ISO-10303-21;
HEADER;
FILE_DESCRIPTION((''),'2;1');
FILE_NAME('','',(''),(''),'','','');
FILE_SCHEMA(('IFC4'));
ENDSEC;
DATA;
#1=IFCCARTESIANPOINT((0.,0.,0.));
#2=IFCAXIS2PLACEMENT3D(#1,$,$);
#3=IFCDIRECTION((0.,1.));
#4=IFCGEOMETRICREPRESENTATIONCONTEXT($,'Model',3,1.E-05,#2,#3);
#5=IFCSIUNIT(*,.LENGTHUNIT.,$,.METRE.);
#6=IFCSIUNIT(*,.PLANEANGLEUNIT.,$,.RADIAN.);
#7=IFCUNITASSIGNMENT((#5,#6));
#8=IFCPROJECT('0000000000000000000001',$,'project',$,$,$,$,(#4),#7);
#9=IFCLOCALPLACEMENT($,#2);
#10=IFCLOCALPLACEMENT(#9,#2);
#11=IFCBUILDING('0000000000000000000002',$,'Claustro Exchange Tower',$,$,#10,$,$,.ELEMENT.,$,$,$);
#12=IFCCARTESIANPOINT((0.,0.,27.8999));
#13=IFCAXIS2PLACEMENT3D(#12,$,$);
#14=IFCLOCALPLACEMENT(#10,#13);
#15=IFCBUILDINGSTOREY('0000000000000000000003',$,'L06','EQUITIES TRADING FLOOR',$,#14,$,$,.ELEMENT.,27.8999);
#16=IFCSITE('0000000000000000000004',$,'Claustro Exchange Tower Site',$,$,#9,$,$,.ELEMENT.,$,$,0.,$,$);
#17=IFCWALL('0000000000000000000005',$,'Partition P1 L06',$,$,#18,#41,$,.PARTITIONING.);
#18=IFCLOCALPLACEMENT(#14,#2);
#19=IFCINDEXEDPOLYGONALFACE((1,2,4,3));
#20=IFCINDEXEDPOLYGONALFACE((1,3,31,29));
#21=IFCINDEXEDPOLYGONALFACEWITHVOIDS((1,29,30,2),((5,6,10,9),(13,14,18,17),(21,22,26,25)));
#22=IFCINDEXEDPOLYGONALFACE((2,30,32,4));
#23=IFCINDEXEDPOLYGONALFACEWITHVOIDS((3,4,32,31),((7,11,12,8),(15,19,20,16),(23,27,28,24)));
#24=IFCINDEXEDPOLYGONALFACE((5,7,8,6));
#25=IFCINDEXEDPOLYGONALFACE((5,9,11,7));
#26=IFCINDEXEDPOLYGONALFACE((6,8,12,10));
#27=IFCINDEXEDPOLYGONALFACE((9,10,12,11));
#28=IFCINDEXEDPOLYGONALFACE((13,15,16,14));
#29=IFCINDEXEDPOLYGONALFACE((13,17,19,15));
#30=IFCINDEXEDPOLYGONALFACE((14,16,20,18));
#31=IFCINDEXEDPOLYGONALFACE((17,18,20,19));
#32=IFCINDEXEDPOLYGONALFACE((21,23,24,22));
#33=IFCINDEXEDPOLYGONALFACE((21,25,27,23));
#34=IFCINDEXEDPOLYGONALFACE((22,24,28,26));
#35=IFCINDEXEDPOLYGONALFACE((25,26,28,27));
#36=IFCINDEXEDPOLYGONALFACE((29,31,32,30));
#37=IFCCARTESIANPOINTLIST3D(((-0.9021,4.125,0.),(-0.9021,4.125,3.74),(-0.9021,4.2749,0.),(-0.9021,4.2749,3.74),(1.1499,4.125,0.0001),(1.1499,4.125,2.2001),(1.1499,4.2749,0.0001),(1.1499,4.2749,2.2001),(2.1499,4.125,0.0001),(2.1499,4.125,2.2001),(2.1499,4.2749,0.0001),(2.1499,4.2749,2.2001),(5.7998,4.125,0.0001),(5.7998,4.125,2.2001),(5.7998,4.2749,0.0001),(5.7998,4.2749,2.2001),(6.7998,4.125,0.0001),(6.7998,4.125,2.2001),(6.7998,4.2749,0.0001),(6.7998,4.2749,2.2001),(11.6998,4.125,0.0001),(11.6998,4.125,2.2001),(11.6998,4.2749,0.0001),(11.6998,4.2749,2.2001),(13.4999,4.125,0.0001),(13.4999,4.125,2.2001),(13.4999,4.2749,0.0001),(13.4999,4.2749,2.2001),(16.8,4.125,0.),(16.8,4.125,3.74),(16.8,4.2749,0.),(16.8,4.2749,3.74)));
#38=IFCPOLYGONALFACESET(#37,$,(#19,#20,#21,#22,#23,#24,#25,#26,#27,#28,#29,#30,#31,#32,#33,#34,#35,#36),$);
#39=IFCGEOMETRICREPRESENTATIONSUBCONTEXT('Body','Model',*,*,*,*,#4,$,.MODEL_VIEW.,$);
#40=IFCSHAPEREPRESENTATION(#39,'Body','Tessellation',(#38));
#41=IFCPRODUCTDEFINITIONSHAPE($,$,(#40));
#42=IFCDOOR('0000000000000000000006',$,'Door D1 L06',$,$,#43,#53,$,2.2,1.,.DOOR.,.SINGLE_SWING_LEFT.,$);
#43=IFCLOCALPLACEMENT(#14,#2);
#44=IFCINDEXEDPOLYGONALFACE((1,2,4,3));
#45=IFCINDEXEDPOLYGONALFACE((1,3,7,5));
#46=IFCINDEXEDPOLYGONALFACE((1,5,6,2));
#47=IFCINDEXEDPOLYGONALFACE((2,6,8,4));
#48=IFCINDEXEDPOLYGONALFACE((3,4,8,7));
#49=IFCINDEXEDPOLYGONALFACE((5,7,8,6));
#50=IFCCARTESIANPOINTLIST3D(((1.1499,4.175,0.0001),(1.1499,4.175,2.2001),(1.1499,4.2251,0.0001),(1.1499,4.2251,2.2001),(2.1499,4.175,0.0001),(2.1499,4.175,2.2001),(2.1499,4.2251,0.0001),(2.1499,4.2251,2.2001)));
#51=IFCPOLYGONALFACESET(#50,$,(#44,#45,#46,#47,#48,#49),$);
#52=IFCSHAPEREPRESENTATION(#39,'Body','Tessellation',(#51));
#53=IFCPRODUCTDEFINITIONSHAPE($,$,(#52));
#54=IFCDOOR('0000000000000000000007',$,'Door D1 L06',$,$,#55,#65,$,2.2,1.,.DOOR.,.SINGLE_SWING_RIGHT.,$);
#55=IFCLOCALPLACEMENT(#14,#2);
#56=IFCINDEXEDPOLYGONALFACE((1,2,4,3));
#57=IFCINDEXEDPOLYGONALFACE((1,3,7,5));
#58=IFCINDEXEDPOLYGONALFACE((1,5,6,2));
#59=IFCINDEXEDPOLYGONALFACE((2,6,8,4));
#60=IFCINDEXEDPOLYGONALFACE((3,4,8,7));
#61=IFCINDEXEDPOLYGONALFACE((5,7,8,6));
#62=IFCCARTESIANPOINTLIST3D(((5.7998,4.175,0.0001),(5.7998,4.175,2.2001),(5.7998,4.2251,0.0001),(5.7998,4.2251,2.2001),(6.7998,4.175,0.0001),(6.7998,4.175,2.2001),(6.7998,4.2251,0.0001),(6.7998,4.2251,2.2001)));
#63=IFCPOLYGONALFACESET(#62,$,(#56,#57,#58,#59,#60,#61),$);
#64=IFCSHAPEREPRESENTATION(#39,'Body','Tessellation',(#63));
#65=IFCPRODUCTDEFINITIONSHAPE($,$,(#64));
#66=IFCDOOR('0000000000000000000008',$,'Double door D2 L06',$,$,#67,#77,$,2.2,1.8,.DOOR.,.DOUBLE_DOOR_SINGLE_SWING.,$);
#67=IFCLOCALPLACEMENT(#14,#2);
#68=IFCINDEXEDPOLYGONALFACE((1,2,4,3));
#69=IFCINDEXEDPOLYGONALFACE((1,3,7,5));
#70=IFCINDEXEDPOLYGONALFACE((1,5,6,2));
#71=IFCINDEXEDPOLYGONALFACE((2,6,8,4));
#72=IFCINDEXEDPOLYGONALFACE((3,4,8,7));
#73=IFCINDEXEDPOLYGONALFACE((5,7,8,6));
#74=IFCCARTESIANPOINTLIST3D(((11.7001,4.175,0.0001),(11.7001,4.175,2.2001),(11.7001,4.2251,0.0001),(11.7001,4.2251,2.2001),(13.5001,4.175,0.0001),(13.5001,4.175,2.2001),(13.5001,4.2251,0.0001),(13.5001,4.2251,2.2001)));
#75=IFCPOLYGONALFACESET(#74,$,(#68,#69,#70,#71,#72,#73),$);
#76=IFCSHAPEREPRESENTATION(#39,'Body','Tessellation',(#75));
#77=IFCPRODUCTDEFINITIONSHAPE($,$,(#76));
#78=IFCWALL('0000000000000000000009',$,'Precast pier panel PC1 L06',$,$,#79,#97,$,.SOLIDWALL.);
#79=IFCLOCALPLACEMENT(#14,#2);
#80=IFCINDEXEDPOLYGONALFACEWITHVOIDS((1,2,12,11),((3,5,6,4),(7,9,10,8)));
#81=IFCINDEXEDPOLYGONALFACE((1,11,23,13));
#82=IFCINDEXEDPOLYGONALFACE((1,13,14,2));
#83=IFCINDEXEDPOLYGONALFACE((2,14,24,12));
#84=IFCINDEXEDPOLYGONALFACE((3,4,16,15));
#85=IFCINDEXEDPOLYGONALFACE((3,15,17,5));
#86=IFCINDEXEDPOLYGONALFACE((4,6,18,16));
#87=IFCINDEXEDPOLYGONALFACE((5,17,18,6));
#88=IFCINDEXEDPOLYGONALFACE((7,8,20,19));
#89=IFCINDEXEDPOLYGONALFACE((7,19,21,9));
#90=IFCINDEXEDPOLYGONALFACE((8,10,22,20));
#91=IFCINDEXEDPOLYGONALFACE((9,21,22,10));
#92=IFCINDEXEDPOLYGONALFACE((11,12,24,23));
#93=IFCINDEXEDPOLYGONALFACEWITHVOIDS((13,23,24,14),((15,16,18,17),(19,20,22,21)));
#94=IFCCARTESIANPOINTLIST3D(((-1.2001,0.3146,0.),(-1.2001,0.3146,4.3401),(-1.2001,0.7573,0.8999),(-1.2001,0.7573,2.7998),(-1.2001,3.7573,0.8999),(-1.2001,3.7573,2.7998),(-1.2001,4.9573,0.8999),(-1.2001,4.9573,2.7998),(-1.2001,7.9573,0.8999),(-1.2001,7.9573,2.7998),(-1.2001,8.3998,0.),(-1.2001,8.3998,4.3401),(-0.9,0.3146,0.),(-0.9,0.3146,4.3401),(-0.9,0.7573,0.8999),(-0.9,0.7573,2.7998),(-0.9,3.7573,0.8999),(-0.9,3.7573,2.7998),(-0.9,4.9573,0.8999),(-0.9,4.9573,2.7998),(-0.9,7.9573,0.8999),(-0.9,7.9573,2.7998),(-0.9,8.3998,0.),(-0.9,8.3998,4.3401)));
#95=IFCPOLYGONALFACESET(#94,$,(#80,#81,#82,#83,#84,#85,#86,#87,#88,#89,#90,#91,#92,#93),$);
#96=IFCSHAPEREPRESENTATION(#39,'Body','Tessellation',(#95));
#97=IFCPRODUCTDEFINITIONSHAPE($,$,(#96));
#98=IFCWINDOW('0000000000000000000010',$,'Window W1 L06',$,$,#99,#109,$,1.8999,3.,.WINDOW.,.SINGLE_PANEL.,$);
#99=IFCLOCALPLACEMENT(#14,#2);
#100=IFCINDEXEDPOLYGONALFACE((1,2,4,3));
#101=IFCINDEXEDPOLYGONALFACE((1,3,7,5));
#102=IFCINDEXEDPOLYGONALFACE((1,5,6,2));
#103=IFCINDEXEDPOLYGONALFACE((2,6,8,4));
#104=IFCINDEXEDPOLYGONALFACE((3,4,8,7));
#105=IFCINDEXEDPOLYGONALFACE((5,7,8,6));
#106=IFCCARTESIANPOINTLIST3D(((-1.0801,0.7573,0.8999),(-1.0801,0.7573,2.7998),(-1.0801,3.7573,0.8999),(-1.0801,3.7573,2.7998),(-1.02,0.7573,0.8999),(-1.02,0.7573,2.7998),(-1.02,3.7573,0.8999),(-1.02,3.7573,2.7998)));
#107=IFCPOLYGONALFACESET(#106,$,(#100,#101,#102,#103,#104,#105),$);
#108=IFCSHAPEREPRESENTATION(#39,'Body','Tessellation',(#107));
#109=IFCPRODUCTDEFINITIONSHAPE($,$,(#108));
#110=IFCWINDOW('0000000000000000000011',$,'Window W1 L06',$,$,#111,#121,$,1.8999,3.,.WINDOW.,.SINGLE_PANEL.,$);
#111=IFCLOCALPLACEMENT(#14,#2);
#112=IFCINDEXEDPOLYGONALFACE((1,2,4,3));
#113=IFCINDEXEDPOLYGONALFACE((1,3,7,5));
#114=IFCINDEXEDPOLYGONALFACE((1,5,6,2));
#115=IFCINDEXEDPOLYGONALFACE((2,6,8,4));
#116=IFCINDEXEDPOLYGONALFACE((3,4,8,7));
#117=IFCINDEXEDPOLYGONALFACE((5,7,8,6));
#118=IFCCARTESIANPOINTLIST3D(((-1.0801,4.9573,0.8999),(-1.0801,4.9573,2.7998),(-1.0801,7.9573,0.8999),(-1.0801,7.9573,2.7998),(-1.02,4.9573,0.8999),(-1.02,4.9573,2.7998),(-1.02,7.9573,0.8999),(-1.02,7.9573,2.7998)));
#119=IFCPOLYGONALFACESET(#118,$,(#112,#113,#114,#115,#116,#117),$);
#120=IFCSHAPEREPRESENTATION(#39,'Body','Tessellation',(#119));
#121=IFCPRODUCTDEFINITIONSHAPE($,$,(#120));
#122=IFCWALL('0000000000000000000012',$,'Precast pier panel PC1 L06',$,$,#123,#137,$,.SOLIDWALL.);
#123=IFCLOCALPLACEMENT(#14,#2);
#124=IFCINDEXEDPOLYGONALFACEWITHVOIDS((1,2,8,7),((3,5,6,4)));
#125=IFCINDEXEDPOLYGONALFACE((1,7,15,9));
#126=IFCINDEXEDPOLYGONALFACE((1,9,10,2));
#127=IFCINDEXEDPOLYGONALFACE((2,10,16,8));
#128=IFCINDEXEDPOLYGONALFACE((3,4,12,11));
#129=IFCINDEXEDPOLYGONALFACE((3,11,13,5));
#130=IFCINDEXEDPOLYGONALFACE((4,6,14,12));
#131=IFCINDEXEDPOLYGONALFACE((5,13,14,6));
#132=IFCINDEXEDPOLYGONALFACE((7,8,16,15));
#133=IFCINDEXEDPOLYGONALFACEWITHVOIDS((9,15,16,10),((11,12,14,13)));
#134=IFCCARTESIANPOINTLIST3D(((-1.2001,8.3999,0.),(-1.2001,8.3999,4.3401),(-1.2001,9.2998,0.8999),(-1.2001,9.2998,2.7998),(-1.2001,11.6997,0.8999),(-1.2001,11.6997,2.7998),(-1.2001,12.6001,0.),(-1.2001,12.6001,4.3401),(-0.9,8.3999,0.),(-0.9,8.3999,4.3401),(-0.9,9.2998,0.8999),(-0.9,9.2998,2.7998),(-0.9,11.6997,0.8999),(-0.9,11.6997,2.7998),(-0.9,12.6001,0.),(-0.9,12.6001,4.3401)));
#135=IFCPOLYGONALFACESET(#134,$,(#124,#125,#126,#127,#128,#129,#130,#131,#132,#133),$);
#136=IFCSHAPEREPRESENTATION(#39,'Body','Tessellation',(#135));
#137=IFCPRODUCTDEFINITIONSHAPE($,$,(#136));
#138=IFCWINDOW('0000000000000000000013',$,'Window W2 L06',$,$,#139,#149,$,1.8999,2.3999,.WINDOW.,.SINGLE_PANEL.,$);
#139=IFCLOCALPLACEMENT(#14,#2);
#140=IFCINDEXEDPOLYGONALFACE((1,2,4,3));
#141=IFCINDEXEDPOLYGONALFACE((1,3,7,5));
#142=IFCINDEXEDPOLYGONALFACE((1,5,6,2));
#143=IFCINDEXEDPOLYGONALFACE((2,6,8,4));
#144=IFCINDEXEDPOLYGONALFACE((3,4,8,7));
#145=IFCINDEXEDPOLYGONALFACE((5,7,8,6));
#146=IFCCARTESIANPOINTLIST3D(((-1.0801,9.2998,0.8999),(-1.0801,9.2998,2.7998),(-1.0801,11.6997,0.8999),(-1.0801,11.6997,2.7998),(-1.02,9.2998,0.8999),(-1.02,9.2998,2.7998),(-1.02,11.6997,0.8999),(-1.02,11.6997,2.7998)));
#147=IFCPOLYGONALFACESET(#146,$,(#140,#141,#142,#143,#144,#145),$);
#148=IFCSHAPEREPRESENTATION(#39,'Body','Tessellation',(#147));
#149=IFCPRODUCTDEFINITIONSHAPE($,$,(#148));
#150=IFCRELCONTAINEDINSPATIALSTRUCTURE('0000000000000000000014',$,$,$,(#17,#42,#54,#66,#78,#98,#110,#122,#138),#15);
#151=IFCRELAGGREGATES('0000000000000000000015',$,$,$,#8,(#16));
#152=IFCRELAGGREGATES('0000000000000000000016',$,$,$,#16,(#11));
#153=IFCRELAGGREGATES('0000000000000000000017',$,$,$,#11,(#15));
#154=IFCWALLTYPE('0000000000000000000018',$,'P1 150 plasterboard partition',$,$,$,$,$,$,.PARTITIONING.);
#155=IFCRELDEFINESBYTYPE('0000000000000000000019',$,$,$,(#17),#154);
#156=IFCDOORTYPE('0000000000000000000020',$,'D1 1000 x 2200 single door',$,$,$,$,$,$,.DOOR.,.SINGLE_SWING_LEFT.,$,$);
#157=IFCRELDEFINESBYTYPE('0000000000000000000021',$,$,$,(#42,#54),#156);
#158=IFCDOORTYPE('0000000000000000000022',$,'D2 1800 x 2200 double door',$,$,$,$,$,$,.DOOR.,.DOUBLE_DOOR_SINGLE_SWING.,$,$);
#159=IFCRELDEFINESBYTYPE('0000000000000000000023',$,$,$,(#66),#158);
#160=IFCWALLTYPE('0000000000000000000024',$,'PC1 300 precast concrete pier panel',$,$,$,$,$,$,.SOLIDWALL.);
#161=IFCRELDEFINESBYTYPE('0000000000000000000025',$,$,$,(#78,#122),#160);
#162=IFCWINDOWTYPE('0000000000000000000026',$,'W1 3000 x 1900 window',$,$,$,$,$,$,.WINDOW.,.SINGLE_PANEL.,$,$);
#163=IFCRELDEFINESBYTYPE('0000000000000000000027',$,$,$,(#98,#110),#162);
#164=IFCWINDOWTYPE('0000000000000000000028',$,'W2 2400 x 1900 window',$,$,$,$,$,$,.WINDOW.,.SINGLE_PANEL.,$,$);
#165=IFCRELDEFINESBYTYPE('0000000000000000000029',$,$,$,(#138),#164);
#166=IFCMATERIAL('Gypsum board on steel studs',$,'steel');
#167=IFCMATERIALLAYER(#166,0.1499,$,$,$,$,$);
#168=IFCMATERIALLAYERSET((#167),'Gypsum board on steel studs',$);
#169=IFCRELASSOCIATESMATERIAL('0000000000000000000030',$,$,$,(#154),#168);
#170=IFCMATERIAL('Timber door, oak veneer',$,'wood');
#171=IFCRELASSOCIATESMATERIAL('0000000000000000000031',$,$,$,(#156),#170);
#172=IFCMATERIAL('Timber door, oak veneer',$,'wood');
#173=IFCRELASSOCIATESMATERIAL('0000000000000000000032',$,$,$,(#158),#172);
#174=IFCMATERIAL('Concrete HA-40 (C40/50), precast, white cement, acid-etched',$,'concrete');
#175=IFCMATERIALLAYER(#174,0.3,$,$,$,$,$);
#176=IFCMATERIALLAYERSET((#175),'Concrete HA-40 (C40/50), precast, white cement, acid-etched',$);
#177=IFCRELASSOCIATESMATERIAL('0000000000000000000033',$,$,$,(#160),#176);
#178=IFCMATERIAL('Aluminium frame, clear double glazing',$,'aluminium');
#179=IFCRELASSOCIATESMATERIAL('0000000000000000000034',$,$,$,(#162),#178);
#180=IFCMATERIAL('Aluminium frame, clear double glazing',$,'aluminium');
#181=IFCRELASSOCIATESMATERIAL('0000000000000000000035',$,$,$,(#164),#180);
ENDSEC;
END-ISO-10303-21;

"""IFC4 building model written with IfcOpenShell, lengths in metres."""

from ifc_helpers import new_model, si_unit, direction, frame, frame_2d, origin, place, context, subcontext, project, spatial, rectangle, extrude, material, layer, layer_set, type_object, element, fill, save


model = new_model("IFC4")

# Units and contexts
model_context = context("Model", 3, precision=1e-05, world=origin(), true_north=direction((0.0, 1.0)))
body_context = subcontext(model_context, "Body", "Model", "MODEL_VIEW")
ifc_project = project(units=[si_unit("LENGTHUNIT", "METRE"), si_unit("PLANEANGLEUNIT", "RADIAN")], contexts=[model_context])

# Site, building, storey
site_placement = place(None, origin())
site = spatial("IfcSite", under=ifc_project, at=site_placement, Name="Claustro Exchange Tower Site", CompositionType="ELEMENT", RefElevation=0.0)
building_placement = place(site_placement, origin())
building = spatial("IfcBuilding", under=site, at=building_placement, Name="Claustro Exchange Tower", CompositionType="ELEMENT")
storey_placement = place(building_placement, frame((0.0, 0.0, 27.8999)))
storey = spatial("IfcBuildingStorey", under=building, at=storey_placement, Name="L06", Description="EQUITIES TRADING FLOOR", CompositionType="ELEMENT", Elevation=27.8999)

# Wall, openings, doors
ifc_material_1 = material(Name="Gypsum board on steel studs", Category="steel")
ifc_layer_1 = layer(ifc_material_1, 0.1499)
ifc_layer_set_1 = layer_set([ifc_layer_1], Name="Gypsum board on steel studs")
wall_type_1 = type_object("IfcWallType", Name="P1 150 plasterboard partition", PredefinedType="PARTITIONING", material=ifc_layer_set_1)
wall_1_placement = place(storey_placement, frame((-0.9021, 4.2, 0.0), z_axis=(0.0, 0.0, 1.0), x_axis=(1.0, 0.0, 0.0)))
wall_1 = element("IfcWall", 1, at=wall_1_placement, inside=storey, type_object=wall_type_1, Name="Partition P1 L06", PredefinedType="PARTITIONING", context=body_context, shape_type="SweptSolid", body=[
    extrude(rectangle(XDim=17.7021, YDim=0.1499, at=frame_2d((8.8511, 0.0))), origin(), (0.0, 0.0, 1.0), 3.74),
])
opening_1_placement = place(wall_1_placement, frame((2.052, 0.0, 0.0)))
opening_1 = element("IfcOpeningElement", 2, at=opening_1_placement, cuts=wall_1, PredefinedType="OPENING", context=body_context, shape_type="SweptSolid", body=[
    extrude(rectangle(XDim=1.0, YDim=2.2, at=frame_2d((0.5, 1.1001))), frame((0.0, 0.085, 0.0), z_axis=(0.0, -1.0, 0.0), x_axis=(1.0, 0.0, 0.0)), (0.0, 0.0, 1.0), 0.1699),
])
opening_2_placement = place(wall_1_placement, frame((6.7019, 0.0, 0.0)))
opening_2 = element("IfcOpeningElement", 3, at=opening_2_placement, cuts=wall_1, PredefinedType="OPENING", context=body_context, shape_type="SweptSolid", body=[
    extrude(rectangle(XDim=1.0, YDim=2.2, at=frame_2d((0.5, 1.1001))), frame((0.0, 0.085, 0.0), z_axis=(0.0, -1.0, 0.0), x_axis=(1.0, 0.0, 0.0)), (0.0, 0.0, 1.0), 0.1699),
])
opening_3_placement = place(wall_1_placement, frame((12.6021, 0.0, 0.0)))
opening_3 = element("IfcOpeningElement", 4, at=opening_3_placement, cuts=wall_1, PredefinedType="OPENING", context=body_context, shape_type="SweptSolid", body=[
    extrude(rectangle(XDim=1.8, YDim=2.2, at=frame_2d((0.8999, 1.1001))), frame((0.0, 0.085, 0.0), z_axis=(0.0, -1.0, 0.0), x_axis=(1.0, 0.0, 0.0)), (0.0, 0.0, 1.0), 0.1699),
])
ifc_material_2 = material(Name="Timber door, oak veneer", Category="wood")
door_type_1 = type_object("IfcDoorType", Name="D1 1000 x 2200 single door", OperationType="SINGLE_SWING_LEFT", PredefinedType="DOOR", material=ifc_material_2)
door_1_placement = place(opening_1_placement, frame((1.0, 0.0, 0.0), z_axis=(0.0, 0.0, 1.0), x_axis=(-1.0, 0.0, 0.0)))
door_1 = element("IfcDoor", 5, at=door_1_placement, inside=storey, type_object=door_type_1, Name="Door D1 L06", OperationType="SINGLE_SWING_LEFT", OverallHeight=2.2, OverallWidth=1.0, PredefinedType="DOOR", context=body_context, shape_type="SweptSolid", body=[
    extrude(rectangle(XDim=1.0, YDim=2.2, at=frame_2d((0.5, 1.1001))), frame((0.0, 0.0249, 0.0), z_axis=(0.0, -1.0, 0.0), x_axis=(1.0, 0.0, 0.0)), (0.0, 0.0, 1.0), 0.05),
])
fill(opening_1, door_1)
door_2_placement = place(opening_2_placement, frame((1.0, 0.0, 0.0), z_axis=(0.0, 0.0, 1.0), x_axis=(-1.0, 0.0, 0.0)))
door_2 = element("IfcDoor", 6, at=door_2_placement, inside=storey, type_object=door_type_1, Name="Door D1 L06", OperationType="SINGLE_SWING_RIGHT", OverallHeight=2.2, OverallWidth=1.0, PredefinedType="DOOR", context=body_context, shape_type="SweptSolid", body=[
    extrude(rectangle(XDim=1.0, YDim=2.2, at=frame_2d((0.5, 1.1001))), frame((0.0, 0.0249, 0.0), z_axis=(0.0, -1.0, 0.0), x_axis=(1.0, 0.0, 0.0)), (0.0, 0.0, 1.0), 0.05),
])
fill(opening_2, door_2)
ifc_material_3 = material(Name="Timber door, oak veneer", Category="wood")
door_type_2 = type_object("IfcDoorType", Name="D2 1800 x 2200 double door", OperationType="DOUBLE_DOOR_SINGLE_SWING", PredefinedType="DOOR", material=ifc_material_3)
door_3_placement = place(opening_3_placement, frame((1.8, 0.0, 0.0), z_axis=(0.0, 0.0, 1.0), x_axis=(-1.0, 0.0, 0.0)))
door_3 = element("IfcDoor", 7, at=door_3_placement, inside=storey, type_object=door_type_2, Name="Double door D2 L06", OperationType="DOUBLE_DOOR_SINGLE_SWING", OverallHeight=2.2, OverallWidth=1.8, PredefinedType="DOOR", context=body_context, shape_type="SweptSolid", body=[
    extrude(rectangle(XDim=1.8, YDim=2.2, at=frame_2d((0.8999, 1.1001))), frame((0.0, 0.0249, 0.0), z_axis=(0.0, -1.0, 0.0), x_axis=(1.0, 0.0, 0.0)), (0.0, 0.0, 1.0), 0.05),
])
fill(opening_3, door_3)

# Wall, openings, windows
ifc_material_4 = material(Name="Concrete HA-40 (C40/50), precast, white cement, acid-etched", Category="concrete")
ifc_layer_2 = layer(ifc_material_4, 0.3)
ifc_layer_set_2 = layer_set([ifc_layer_2], Name="Concrete HA-40 (C40/50), precast, white cement, acid-etched")
wall_type_2 = type_object("IfcWallType", Name="PC1 300 precast concrete pier panel", PredefinedType="SOLIDWALL", material=ifc_layer_set_2)
wall_2_placement = place(storey_placement, frame((-1.05, 0.3147, 0.0), z_axis=(0.0, 0.0, 1.0), x_axis=(0.0, 1.0, 0.0)))
wall_2 = element("IfcWall", 8, at=wall_2_placement, inside=storey, type_object=wall_type_2, Name="Precast pier panel PC1 L06", PredefinedType="SOLIDWALL", context=body_context, shape_type="SweptSolid", body=[
    extrude(rectangle(XDim=8.0852, YDim=0.3, at=frame_2d((4.0425, 0.0))), origin(), (0.0, 0.0, 1.0), 4.3401),
])
opening_4_placement = place(wall_2_placement, frame((0.4426, 0.0, 0.8999)))
opening_4 = element("IfcOpeningElement", 9, at=opening_4_placement, cuts=wall_2, PredefinedType="OPENING", context=body_context, shape_type="SweptSolid", body=[
    extrude(rectangle(XDim=3.0, YDim=1.8999, at=frame_2d((1.5, 0.95))), frame((0.0, 0.1599, 0.0), z_axis=(0.0, -1.0, 0.0), x_axis=(1.0, 0.0, 0.0)), (0.0, 0.0, 1.0), 0.3201),
])
opening_5_placement = place(wall_2_placement, frame((4.6426, 0.0, 0.8999)))
opening_5 = element("IfcOpeningElement", 10, at=opening_5_placement, cuts=wall_2, PredefinedType="OPENING", context=body_context, shape_type="SweptSolid", body=[
    extrude(rectangle(XDim=3.0, YDim=1.8999, at=frame_2d((1.5, 0.95))), frame((0.0, 0.1599, 0.0), z_axis=(0.0, -1.0, 0.0), x_axis=(1.0, 0.0, 0.0)), (0.0, 0.0, 1.0), 0.3201),
])
ifc_material_5 = material(Name="Aluminium frame, clear double glazing", Category="aluminium")
window_type_1 = type_object("IfcWindowType", Name="W1 3000 x 1900 window", PartitioningType="SINGLE_PANEL", PredefinedType="WINDOW", material=ifc_material_5)
window_1_placement = place(opening_4_placement, origin())
window_1 = element("IfcWindow", 11, at=window_1_placement, inside=storey, type_object=window_type_1, Name="Window W1 L06", OverallHeight=1.8999, OverallWidth=3.0, PartitioningType="SINGLE_PANEL", PredefinedType="WINDOW", context=body_context, shape_type="SweptSolid", body=[
    extrude(rectangle(XDim=3.0, YDim=1.8999, at=frame_2d((1.5, 0.95))), frame((0.0, 0.03, 0.0), z_axis=(0.0, -1.0, 0.0), x_axis=(1.0, 0.0, 0.0)), (0.0, 0.0, 1.0), 0.0601),
])
fill(opening_4, window_1)
window_2_placement = place(opening_5_placement, origin())
window_2 = element("IfcWindow", 12, at=window_2_placement, inside=storey, type_object=window_type_1, Name="Window W1 L06", OverallHeight=1.8999, OverallWidth=3.0, PartitioningType="SINGLE_PANEL", PredefinedType="WINDOW", context=body_context, shape_type="SweptSolid", body=[
    extrude(rectangle(XDim=3.0, YDim=1.8999, at=frame_2d((1.5, 0.95))), frame((0.0, 0.03, 0.0), z_axis=(0.0, -1.0, 0.0), x_axis=(1.0, 0.0, 0.0)), (0.0, 0.0, 1.0), 0.0601),
])
fill(opening_5, window_2)

# Wall, opening, window
wall_3_placement = place(storey_placement, frame((-1.05, 8.3999, 0.0), z_axis=(0.0, 0.0, 1.0), x_axis=(0.0, 1.0, 0.0)))
wall_3 = element("IfcWall", 13, at=wall_3_placement, inside=storey, type_object=wall_type_2, Name="Precast pier panel PC1 L06", PredefinedType="SOLIDWALL", context=body_context, shape_type="SweptSolid", body=[
    extrude(rectangle(XDim=4.2002, YDim=0.3, at=frame_2d((2.1001, 0.0))), origin(), (0.0, 0.0, 1.0), 4.3401),
])
opening_6_placement = place(wall_3_placement, frame((0.8999, 0.0, 0.8999)))
opening_6 = element("IfcOpeningElement", 14, at=opening_6_placement, cuts=wall_3, PredefinedType="OPENING", context=body_context, shape_type="SweptSolid", body=[
    extrude(rectangle(XDim=2.3999, YDim=1.8999, at=frame_2d((1.2, 0.95))), frame((0.0, 0.1599, 0.0), z_axis=(0.0, -1.0, 0.0), x_axis=(1.0, 0.0, 0.0)), (0.0, 0.0, 1.0), 0.3201),
])
ifc_material_6 = material(Name="Aluminium frame, clear double glazing", Category="aluminium")
window_type_2 = type_object("IfcWindowType", Name="W2 2400 x 1900 window", PartitioningType="SINGLE_PANEL", PredefinedType="WINDOW", material=ifc_material_6)
window_3_placement = place(opening_6_placement, origin())
window_3 = element("IfcWindow", 15, at=window_3_placement, inside=storey, type_object=window_type_2, Name="Window W2 L06", OverallHeight=1.8999, OverallWidth=2.3999, PartitioningType="SINGLE_PANEL", PredefinedType="WINDOW", context=body_context, shape_type="SweptSolid", body=[
    extrude(rectangle(XDim=2.3999, YDim=1.8999, at=frame_2d((1.2, 0.95))), frame((0.0, 0.03, 0.0), z_axis=(0.0, -1.0, 0.0), x_axis=(1.0, 0.0, 0.0)), (0.0, 0.0, 1.0), 0.0601),
])
fill(opening_6, window_3)

save(model, "model.ifc")
